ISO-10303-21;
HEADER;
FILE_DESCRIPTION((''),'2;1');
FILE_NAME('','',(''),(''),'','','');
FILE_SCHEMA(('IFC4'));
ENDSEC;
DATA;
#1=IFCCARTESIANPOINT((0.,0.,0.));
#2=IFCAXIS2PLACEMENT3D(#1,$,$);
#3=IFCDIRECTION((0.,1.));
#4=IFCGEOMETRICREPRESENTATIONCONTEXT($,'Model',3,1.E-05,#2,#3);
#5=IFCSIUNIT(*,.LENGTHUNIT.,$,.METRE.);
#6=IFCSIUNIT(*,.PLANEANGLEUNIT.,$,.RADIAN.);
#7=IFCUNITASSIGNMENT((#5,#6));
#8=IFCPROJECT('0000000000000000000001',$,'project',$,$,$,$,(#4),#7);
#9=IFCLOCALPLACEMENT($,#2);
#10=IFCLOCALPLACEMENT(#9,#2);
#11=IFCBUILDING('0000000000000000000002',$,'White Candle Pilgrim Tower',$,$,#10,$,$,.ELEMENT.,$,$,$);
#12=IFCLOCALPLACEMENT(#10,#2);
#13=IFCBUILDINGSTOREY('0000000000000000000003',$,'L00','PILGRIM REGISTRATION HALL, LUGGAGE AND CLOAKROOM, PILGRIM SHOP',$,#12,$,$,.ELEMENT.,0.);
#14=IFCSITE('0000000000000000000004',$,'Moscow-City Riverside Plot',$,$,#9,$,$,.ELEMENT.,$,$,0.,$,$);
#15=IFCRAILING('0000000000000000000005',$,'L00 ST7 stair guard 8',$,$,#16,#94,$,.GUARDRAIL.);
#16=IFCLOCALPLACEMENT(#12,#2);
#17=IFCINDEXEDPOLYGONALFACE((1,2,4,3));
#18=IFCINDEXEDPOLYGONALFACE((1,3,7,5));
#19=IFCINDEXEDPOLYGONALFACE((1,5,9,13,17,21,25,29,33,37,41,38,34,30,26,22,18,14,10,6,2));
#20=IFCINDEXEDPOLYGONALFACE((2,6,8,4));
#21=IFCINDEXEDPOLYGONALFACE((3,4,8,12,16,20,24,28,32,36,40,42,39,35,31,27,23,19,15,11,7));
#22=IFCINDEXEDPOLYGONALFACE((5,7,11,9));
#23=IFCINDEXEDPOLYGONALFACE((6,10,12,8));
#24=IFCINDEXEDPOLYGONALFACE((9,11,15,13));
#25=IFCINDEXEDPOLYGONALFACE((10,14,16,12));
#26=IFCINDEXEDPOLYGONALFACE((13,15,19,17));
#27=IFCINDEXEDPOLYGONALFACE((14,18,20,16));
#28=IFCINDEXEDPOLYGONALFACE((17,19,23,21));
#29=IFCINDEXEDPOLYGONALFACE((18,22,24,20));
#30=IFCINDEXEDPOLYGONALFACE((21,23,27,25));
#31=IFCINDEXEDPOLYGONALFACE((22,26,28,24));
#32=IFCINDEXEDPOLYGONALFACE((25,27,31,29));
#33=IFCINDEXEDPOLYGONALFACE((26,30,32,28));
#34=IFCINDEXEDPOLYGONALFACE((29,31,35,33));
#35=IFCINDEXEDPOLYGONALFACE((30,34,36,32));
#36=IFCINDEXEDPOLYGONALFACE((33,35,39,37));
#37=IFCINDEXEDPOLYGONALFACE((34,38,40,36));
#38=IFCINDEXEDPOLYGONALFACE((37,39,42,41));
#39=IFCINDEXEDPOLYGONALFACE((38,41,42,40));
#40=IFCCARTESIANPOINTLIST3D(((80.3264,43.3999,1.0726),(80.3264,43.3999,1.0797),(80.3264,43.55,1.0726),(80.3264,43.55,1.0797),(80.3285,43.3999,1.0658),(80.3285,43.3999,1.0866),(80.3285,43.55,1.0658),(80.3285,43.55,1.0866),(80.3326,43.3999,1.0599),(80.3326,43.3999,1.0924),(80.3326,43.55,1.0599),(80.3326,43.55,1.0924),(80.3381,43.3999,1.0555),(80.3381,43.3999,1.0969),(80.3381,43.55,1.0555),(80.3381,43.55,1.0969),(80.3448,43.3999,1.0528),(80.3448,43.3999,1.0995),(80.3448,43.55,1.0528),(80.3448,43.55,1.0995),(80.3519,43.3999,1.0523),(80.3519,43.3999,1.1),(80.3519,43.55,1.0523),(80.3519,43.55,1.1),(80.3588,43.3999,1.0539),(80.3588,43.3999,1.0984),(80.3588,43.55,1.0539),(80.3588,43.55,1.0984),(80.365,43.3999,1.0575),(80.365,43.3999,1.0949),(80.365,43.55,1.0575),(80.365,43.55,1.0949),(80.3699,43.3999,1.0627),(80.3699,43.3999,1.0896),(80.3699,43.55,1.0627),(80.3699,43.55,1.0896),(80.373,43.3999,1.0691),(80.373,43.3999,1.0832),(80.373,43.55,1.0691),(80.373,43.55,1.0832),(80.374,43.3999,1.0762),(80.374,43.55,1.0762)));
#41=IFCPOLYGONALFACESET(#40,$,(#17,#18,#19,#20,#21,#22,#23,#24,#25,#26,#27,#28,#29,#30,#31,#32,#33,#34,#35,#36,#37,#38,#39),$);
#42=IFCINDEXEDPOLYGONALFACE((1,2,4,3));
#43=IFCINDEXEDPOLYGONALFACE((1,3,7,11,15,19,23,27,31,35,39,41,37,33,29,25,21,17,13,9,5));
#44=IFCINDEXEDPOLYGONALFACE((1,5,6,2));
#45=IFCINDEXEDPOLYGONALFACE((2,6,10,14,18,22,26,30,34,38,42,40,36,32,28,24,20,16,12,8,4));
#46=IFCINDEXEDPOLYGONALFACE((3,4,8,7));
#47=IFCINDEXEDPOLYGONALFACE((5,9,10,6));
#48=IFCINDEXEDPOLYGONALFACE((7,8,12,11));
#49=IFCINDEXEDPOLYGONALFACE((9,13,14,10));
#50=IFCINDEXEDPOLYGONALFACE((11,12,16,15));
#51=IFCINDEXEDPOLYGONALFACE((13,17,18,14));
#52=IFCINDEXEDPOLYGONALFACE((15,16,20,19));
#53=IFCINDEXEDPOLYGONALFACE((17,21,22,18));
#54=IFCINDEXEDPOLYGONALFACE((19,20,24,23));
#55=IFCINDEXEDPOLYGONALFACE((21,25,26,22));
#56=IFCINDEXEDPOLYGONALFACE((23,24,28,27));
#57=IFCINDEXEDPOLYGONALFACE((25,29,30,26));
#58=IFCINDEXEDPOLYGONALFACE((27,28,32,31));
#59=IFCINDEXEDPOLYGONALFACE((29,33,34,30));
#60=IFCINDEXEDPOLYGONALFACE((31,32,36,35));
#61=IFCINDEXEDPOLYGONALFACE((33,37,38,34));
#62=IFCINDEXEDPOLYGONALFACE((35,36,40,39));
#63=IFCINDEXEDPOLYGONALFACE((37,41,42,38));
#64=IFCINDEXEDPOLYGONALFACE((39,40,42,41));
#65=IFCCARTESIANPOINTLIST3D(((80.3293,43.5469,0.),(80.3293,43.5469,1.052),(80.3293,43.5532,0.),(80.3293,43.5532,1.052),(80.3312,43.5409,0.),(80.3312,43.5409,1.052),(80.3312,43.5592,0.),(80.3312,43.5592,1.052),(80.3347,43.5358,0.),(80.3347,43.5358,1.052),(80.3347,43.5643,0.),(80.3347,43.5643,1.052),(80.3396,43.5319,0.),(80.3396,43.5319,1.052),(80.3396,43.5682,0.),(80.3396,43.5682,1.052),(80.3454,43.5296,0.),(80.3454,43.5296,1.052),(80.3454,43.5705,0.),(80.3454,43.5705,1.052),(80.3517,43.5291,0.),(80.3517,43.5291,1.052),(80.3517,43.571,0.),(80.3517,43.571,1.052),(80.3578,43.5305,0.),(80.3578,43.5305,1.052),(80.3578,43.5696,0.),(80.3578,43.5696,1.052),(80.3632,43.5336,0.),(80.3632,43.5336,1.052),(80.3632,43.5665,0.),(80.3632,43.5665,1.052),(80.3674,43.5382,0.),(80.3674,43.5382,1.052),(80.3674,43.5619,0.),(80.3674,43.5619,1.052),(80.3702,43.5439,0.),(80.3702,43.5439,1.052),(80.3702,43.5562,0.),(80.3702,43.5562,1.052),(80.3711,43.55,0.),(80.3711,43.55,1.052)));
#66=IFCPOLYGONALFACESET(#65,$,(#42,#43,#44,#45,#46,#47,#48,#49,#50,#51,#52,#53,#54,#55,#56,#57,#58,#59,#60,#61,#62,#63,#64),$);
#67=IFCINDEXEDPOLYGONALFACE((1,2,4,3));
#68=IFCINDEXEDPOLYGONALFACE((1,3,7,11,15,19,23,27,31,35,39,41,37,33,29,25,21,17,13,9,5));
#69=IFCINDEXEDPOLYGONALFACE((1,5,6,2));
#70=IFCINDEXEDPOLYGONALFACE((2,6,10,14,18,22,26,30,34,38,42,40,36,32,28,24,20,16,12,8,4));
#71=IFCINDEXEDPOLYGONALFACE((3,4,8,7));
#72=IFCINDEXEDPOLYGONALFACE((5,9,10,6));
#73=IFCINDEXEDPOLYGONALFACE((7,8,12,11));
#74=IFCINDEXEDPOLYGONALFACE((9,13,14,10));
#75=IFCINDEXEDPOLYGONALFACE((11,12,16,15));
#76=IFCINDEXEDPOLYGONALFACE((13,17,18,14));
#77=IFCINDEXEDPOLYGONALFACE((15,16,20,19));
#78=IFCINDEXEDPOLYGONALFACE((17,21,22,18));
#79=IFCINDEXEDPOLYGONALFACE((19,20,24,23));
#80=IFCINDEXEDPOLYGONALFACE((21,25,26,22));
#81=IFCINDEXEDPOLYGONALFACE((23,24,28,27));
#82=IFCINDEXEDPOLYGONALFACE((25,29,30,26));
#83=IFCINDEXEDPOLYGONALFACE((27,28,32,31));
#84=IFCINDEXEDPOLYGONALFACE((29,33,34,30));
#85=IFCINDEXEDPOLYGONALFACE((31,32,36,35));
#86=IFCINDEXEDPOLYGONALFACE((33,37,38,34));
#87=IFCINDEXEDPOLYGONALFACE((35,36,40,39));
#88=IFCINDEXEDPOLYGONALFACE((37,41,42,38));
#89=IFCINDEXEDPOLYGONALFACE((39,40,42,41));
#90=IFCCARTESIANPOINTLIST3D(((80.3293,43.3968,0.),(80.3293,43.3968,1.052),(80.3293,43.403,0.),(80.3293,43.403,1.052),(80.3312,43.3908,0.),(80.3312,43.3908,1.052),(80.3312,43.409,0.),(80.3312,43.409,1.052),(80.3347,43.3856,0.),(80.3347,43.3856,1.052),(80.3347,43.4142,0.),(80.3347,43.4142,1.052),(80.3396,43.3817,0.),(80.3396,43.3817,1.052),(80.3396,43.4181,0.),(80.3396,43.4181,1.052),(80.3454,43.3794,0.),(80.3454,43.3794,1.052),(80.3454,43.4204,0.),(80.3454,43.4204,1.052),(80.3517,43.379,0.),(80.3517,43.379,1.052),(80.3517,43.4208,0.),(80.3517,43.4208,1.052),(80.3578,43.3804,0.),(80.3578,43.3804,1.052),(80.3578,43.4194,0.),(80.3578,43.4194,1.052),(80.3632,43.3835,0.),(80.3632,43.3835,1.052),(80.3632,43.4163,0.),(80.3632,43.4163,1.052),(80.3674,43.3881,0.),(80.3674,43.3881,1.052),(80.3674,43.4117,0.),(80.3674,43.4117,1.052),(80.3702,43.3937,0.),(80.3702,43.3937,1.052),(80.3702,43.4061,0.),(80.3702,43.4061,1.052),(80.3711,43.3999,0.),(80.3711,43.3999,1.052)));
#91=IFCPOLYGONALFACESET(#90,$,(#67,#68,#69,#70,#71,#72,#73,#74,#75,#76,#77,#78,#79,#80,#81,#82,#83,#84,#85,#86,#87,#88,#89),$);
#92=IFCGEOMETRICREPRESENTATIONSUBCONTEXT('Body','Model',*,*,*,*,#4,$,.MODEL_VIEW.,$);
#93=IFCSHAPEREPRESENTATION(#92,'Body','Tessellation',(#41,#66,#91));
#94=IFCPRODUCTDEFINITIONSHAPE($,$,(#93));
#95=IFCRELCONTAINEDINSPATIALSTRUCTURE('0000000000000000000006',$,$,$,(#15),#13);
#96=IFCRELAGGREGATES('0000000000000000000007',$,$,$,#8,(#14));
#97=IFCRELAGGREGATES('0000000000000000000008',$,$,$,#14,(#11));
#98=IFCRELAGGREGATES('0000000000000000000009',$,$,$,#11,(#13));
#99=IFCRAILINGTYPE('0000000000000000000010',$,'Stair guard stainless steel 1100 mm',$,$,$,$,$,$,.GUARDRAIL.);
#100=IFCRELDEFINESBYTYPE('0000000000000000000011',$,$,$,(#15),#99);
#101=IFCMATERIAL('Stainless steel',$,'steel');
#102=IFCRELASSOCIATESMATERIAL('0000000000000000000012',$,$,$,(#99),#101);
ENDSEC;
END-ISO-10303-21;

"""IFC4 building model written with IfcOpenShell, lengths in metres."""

from ifc_helpers import new_model, si_unit, direction, frame, origin, origin_2d, place, context, subcontext, project, spatial, circle, extrude, material, type_object, element, save


model = new_model("IFC4")

# Units and contexts
model_context = context("Model", 3, precision=1e-05, world=origin(), true_north=direction((0.0, 1.0)))
body_context = subcontext(model_context, "Body", "Model", "MODEL_VIEW")
ifc_project = project(units=[si_unit("LENGTHUNIT", "METRE"), si_unit("PLANEANGLEUNIT", "RADIAN")], contexts=[model_context])

# Site, building, storey
site_placement = place(None, origin())
site = spatial("IfcSite", under=ifc_project, at=site_placement, Name="Moscow-City Riverside Plot", CompositionType="ELEMENT", RefElevation=0.0)
building_placement = place(site_placement, origin())
building = spatial("IfcBuilding", under=site, at=building_placement, Name="White Candle Pilgrim Tower", CompositionType="ELEMENT")
storey_placement = place(building_placement, origin())
storey = spatial("IfcBuildingStorey", under=building, at=storey_placement, Name="L00", Description="PILGRIM REGISTRATION HALL, LUGGAGE AND CLOAKROOM, PILGRIM SHOP", CompositionType="ELEMENT", Elevation=0.0)

# Railing
ifc_material_1 = material(Name="Stainless steel", Category="steel")
railing_type_1 = type_object("IfcRailingType", Name="Stair guard stainless steel 1100 mm", PredefinedType="GUARDRAIL", material=ifc_material_1)
railing_1_placement = place(storey_placement, frame((80.3501, 43.55, 0.0)))
element("IfcRailing", 1, at=railing_1_placement, inside=storey, type_object=railing_type_1, Name="L00 ST7 stair guard 8", PredefinedType="GUARDRAIL", context=body_context, shape_type="SweptSolid", body=[
    extrude(circle(Radius=0.0239, at=origin_2d()), frame((0.0, 0.0, 1.0762), z_axis=(0.0, -1.0, 0.0), x_axis=(1.0, 0.0, 0.0)), (0.0, 0.0, 1.0), 0.1501),
    extrude(circle(Radius=0.021, at=origin_2d()), origin(), (0.0, 0.0, 1.0), 1.052),
    extrude(circle(Radius=0.021, at=origin_2d()), frame((0.0, -0.1501, 0.0)), (0.0, 0.0, 1.0), 1.052),
])

save(model, "model.ifc")
